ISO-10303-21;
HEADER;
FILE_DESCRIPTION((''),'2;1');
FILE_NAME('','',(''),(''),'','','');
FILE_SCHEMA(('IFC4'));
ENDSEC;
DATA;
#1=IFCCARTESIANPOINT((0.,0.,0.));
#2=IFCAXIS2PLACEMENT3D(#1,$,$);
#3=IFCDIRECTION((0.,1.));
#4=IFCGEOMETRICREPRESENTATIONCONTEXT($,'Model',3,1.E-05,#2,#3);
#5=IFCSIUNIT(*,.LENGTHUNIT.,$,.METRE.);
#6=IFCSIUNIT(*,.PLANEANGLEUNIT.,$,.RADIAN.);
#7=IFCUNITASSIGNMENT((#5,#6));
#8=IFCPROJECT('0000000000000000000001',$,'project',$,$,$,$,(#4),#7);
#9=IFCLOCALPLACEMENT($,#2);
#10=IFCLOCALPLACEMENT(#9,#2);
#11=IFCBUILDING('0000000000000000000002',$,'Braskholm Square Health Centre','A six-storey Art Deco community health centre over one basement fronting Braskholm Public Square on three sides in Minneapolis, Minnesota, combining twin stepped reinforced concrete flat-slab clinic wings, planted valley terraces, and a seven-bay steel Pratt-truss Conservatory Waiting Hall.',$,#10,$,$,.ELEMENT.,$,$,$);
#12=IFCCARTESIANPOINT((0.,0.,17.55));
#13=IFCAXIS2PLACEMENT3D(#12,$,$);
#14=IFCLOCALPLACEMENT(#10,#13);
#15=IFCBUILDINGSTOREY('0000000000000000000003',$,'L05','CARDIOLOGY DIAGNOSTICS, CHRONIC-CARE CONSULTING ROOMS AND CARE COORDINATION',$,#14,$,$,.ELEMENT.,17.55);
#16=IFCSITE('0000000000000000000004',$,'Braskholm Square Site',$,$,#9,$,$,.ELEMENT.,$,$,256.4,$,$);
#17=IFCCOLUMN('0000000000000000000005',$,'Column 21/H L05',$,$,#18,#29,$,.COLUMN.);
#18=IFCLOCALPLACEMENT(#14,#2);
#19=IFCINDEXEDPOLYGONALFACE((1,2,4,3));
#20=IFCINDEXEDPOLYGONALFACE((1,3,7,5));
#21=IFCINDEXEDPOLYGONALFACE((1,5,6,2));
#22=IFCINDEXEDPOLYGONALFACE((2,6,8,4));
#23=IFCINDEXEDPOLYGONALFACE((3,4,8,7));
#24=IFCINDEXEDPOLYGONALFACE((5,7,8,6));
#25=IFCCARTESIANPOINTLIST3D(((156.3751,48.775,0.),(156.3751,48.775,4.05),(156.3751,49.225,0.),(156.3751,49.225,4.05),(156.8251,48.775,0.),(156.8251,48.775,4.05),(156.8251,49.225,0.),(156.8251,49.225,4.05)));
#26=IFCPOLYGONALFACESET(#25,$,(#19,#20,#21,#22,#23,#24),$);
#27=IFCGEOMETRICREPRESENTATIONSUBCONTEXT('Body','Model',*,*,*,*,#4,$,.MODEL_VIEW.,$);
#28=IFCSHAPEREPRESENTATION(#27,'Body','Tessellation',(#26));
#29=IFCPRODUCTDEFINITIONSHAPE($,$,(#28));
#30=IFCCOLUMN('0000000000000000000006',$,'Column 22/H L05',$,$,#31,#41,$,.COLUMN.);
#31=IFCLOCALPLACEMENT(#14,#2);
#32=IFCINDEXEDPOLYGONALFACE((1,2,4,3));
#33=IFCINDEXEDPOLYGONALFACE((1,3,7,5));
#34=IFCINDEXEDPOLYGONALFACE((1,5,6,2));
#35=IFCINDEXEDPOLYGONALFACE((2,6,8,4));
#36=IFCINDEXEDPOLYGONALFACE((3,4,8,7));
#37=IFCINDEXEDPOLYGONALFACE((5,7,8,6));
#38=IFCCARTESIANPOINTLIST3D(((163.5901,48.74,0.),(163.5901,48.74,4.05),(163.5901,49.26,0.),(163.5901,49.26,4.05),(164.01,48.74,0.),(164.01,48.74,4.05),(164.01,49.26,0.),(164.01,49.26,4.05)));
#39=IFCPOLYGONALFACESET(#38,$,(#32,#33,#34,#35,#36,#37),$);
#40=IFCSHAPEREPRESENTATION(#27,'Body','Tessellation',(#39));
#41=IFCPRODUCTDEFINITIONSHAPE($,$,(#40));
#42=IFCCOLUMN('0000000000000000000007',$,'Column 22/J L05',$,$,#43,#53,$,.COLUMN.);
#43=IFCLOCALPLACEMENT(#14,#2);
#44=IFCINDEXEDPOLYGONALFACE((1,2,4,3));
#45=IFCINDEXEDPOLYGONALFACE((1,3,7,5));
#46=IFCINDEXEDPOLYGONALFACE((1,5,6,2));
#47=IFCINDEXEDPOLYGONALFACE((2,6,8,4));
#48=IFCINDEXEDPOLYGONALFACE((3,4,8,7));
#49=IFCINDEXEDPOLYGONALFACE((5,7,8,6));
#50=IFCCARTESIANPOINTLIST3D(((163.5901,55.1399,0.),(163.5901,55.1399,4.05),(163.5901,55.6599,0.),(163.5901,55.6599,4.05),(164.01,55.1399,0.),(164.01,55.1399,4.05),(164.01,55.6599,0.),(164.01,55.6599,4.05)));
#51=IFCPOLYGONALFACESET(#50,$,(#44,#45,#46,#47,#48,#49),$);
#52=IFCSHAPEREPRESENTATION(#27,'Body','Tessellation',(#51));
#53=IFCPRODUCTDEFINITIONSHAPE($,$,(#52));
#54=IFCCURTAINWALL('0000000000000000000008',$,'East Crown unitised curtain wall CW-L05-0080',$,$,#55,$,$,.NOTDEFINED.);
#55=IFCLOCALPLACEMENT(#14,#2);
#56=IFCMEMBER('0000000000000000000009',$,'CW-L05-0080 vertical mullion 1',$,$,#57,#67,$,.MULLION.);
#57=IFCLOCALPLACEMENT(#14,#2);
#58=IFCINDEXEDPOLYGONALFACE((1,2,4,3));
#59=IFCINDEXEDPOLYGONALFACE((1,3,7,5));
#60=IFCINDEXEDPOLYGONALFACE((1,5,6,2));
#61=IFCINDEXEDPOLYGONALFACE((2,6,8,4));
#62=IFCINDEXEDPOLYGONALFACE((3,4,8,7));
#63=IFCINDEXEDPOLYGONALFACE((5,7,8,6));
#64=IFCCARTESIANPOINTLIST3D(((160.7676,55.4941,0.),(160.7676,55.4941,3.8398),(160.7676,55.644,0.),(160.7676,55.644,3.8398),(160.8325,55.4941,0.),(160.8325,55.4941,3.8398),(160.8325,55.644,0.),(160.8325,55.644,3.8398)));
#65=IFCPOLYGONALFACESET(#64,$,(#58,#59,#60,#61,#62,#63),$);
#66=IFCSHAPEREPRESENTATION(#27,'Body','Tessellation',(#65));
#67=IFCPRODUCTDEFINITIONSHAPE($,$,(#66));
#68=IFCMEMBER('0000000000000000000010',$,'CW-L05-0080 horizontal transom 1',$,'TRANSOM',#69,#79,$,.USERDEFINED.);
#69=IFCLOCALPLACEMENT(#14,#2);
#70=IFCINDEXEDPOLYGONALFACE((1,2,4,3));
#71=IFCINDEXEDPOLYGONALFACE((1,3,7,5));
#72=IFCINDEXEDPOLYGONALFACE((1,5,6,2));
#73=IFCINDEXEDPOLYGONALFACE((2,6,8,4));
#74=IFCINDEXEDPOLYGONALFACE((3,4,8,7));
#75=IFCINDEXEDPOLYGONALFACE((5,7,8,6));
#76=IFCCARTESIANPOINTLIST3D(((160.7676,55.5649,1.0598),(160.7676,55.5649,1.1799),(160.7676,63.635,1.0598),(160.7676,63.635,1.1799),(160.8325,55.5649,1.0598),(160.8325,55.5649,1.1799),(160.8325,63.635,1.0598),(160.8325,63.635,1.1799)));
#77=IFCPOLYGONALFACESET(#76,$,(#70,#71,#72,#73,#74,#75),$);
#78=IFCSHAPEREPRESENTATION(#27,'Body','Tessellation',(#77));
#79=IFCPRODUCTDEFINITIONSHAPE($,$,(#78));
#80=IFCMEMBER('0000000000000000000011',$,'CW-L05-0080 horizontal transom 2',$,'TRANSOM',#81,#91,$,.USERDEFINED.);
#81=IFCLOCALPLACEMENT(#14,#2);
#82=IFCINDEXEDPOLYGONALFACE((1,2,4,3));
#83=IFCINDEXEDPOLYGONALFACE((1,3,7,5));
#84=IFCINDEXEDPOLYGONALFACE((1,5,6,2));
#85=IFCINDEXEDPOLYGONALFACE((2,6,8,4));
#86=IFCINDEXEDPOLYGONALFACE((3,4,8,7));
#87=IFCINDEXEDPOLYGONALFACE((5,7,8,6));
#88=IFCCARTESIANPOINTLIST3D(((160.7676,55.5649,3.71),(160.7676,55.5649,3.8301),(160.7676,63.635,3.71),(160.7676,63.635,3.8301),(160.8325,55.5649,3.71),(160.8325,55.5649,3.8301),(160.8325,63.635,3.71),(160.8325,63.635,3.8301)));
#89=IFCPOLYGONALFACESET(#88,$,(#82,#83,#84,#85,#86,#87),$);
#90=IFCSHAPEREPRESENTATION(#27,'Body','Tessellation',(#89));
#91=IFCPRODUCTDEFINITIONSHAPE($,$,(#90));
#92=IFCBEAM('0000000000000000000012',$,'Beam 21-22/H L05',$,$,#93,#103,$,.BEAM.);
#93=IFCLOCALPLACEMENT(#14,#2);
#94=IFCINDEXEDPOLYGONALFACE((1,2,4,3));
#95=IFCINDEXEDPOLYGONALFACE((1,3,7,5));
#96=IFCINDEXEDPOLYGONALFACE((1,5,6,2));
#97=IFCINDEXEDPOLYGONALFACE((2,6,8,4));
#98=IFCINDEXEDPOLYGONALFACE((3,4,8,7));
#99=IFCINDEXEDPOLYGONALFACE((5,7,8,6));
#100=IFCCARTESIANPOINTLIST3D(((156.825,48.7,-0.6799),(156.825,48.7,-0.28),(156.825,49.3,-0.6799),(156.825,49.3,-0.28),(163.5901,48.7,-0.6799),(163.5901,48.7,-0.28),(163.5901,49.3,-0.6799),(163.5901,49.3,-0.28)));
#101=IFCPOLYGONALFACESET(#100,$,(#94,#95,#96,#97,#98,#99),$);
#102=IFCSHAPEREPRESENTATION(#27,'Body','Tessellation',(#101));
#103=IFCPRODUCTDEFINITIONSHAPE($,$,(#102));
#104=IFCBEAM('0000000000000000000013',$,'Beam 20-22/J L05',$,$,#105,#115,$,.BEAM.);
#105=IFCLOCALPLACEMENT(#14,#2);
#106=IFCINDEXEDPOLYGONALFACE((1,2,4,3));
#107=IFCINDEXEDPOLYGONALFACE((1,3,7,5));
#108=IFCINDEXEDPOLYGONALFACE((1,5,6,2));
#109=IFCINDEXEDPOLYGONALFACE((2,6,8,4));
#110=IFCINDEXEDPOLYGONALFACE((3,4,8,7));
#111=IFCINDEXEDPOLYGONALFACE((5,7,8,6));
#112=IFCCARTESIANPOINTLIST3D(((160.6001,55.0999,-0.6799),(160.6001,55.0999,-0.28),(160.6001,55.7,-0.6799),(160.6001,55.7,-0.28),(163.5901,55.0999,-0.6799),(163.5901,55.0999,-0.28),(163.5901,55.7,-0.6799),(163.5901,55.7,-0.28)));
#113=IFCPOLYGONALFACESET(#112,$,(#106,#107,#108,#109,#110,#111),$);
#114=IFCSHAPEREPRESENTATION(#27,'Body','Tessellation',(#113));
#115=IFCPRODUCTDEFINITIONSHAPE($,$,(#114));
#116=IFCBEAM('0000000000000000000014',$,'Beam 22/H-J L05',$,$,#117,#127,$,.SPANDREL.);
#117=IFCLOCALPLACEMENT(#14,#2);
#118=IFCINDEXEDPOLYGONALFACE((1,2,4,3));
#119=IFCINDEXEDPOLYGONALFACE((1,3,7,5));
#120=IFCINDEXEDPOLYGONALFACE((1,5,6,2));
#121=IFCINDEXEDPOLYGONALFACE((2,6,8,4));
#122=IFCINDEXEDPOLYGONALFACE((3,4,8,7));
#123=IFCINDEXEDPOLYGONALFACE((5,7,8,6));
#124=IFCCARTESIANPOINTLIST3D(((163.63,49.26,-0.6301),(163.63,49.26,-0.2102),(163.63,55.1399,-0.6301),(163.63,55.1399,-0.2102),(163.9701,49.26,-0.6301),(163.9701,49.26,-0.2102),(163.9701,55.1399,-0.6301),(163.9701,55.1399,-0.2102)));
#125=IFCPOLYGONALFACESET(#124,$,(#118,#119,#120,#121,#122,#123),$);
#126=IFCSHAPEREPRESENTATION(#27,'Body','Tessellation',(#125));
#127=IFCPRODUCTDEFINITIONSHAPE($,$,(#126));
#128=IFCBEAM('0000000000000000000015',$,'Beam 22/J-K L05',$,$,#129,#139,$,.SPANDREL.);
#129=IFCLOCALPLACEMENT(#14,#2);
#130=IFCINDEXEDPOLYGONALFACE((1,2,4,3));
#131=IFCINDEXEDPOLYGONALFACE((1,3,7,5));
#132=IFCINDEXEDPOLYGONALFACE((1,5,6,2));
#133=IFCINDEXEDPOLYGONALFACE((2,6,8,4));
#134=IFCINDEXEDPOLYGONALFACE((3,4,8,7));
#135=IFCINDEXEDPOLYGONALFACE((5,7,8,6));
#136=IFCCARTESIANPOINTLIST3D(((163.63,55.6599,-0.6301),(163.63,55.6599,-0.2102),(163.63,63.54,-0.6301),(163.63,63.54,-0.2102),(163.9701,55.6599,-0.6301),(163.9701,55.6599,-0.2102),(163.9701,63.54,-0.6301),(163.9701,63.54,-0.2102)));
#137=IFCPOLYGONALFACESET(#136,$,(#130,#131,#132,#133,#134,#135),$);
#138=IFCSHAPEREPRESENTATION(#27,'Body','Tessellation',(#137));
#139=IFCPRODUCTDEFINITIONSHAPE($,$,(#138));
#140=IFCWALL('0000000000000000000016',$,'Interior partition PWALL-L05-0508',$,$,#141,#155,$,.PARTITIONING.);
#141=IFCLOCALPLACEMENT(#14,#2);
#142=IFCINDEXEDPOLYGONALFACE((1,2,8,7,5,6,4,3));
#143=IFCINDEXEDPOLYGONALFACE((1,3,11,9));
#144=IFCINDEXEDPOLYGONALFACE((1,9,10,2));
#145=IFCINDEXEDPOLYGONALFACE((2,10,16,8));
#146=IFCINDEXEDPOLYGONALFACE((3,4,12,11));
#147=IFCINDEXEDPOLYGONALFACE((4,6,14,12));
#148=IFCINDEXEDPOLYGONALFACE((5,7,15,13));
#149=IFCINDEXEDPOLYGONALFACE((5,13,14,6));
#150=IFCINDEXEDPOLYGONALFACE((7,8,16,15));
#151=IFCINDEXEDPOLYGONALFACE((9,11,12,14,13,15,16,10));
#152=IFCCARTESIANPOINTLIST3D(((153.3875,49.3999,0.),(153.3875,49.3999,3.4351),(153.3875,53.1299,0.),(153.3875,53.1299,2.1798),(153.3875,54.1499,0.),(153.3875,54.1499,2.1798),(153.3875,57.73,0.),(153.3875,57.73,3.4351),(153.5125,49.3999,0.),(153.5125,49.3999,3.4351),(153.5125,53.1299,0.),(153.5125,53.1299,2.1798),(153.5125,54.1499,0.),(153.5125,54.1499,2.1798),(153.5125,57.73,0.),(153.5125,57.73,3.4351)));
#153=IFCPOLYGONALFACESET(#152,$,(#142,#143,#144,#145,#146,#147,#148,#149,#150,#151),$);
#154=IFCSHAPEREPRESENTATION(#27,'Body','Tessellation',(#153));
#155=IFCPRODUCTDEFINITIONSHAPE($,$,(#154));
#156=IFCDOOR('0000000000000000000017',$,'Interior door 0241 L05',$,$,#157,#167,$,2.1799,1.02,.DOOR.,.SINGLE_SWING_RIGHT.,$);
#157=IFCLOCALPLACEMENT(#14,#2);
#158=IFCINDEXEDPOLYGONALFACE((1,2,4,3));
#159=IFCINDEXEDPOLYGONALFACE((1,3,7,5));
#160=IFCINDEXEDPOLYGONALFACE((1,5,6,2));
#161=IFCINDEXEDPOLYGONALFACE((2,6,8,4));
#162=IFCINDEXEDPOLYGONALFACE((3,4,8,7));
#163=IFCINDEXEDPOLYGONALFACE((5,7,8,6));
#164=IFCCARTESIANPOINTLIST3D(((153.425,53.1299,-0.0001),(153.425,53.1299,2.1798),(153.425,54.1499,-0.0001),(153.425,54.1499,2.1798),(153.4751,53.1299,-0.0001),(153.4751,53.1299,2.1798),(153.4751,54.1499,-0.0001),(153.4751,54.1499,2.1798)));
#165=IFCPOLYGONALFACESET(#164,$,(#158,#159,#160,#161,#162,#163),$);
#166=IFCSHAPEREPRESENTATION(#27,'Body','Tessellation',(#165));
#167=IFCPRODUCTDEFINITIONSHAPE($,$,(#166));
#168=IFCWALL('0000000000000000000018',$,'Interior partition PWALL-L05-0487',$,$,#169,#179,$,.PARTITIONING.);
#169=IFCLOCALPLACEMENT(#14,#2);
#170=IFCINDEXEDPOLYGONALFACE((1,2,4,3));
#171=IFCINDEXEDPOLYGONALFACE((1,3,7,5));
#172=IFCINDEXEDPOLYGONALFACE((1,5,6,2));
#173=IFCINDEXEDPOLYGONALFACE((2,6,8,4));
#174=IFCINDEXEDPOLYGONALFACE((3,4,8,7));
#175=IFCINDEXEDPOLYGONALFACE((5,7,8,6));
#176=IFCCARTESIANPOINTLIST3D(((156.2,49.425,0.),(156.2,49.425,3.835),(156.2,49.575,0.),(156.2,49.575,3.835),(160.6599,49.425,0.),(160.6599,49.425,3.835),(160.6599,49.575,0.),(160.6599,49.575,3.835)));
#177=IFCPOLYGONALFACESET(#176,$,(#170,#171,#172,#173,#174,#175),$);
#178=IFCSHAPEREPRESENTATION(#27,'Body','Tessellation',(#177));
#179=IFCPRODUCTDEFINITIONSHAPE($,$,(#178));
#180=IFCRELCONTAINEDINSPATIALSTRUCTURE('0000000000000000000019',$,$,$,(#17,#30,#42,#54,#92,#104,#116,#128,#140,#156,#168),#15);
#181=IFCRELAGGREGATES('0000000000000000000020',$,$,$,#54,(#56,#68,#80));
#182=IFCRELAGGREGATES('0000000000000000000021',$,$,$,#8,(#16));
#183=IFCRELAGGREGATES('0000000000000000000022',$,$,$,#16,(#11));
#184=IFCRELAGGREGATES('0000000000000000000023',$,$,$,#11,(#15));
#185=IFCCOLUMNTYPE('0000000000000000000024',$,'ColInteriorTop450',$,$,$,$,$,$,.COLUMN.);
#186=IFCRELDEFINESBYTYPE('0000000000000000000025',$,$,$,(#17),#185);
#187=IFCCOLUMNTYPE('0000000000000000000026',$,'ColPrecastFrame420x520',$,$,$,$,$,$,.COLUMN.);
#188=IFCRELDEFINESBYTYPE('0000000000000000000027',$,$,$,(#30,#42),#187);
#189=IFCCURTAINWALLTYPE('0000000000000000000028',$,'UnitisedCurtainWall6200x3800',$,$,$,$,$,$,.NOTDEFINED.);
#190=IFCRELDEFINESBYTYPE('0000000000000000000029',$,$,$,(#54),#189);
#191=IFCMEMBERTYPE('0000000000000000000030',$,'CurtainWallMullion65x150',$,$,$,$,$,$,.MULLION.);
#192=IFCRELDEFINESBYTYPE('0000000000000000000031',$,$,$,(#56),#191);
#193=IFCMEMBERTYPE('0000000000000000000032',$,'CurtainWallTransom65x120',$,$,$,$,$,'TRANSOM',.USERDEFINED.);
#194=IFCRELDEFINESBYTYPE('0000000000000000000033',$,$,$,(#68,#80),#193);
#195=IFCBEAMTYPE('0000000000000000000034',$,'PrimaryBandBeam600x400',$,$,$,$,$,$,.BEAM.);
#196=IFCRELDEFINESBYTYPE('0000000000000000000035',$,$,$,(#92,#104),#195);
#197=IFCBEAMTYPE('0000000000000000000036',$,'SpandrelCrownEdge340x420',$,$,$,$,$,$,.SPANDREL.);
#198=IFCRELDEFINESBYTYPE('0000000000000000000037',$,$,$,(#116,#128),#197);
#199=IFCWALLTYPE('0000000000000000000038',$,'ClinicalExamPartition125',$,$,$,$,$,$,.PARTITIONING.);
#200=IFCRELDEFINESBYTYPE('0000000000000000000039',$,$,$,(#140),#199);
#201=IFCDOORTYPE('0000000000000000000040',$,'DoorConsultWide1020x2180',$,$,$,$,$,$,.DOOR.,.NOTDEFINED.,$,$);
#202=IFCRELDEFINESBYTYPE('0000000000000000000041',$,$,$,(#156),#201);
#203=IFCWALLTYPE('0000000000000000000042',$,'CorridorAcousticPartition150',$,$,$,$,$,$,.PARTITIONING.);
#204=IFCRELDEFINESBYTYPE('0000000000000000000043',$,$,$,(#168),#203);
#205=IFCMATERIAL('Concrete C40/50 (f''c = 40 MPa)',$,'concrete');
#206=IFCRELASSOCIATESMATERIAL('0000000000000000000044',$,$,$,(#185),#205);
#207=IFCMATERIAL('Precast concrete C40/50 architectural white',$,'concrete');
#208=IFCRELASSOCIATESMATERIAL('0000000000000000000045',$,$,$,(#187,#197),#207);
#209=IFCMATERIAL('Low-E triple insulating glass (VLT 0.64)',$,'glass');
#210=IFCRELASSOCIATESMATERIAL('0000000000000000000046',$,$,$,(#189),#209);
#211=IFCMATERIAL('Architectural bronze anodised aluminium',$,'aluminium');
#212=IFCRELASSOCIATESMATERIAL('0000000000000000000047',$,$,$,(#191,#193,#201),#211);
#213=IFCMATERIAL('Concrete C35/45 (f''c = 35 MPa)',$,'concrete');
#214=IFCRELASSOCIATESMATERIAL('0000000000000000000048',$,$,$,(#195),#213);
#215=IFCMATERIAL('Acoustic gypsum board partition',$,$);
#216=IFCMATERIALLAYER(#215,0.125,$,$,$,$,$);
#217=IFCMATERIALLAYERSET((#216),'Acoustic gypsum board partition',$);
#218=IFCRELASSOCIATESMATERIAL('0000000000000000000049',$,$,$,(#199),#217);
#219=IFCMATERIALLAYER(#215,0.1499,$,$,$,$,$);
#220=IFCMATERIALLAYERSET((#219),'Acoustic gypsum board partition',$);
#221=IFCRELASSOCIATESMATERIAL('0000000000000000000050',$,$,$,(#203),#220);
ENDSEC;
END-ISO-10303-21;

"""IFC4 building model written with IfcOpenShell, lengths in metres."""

from ifc_helpers import new_model, si_unit, direction, frame, frame_2d, origin, origin_with_axes, origin_2d, place, context, subcontext, project, spatial, rectangle, extrude, material, layer, layer_set, material_profile, profile_set, type_object, element, fill, aggregate, save


model = new_model("IFC4")

# Units and contexts
model_context = context("Model", 3, precision=1e-05, world=origin(), true_north=direction((0.0, 1.0)))
body_context = subcontext(model_context, "Body", "Model", "MODEL_VIEW")
ifc_project = project(units=[si_unit("LENGTHUNIT", "METRE"), si_unit("PLANEANGLEUNIT", "RADIAN")], contexts=[model_context])

# Site, building, storey
site_placement = place(None, origin())
site = spatial("IfcSite", under=ifc_project, at=site_placement, Name="Braskholm Square Site", CompositionType="ELEMENT", RefElevation=256.4)
building_placement = place(site_placement, origin())
building = spatial("IfcBuilding", under=site, at=building_placement, Name="Braskholm Square Health Centre", Description="A six-storey Art Deco community health centre over one basement fronting Braskholm Public Square on three sides in Minneapolis, Minnesota, combining twin stepped reinforced concrete flat-slab clinic wings, planted valley terraces, and a seven-bay steel Pratt-truss Conservatory Waiting Hall.", CompositionType="ELEMENT")
storey_placement = place(building_placement, frame((0.0, 0.0, 17.55)))
storey = spatial("IfcBuildingStorey", under=building, at=storey_placement, Name="L05", Description="CARDIOLOGY DIAGNOSTICS, CHRONIC-CARE CONSULTING ROOMS AND CARE COORDINATION", CompositionType="ELEMENT", Elevation=17.55)

# Columns
ifc_material_1 = material(Name="Concrete C40/50 (f'c = 40 MPa)", Category="concrete")
ifc_material_profile_1 = material_profile(ifc_material_1, rectangle(XDim=0.45, YDim=0.45, at=origin_2d()), Name="RC-450X450")
ifc_profile_set_1 = profile_set([ifc_material_profile_1], Name="Concrete C40/50 (f'c = 40 MPa)")
column_type_1 = type_object("IfcColumnType", Name="ColInteriorTop450", PredefinedType="COLUMN", material=ifc_profile_set_1)
column_placement = place(storey_placement, frame((156.6001, 49.0, 0.0), z_axis=(0.0, 0.0, 1.0), x_axis=(1.0, 0.0, 0.0)))
element("IfcColumn", 1, at=column_placement, inside=storey, type_object=column_type_1, Name="Column 21/H L05", PredefinedType="COLUMN", context=body_context, shape_type="SweptSolid", body=[
    extrude(rectangle(XDim=0.45, YDim=0.45, at=origin_2d()), origin(), (0.0, 0.0, 1.0), 4.05),
])
ifc_material_2 = material(Name="Precast concrete C40/50 architectural white", Category="concrete")
ifc_material_profile_2 = material_profile(ifc_material_2, rectangle(XDim=0.4199, YDim=0.52, at=origin_2d()), Name="RC-420X520")
ifc_profile_set_2 = profile_set([ifc_material_profile_2], Name="Precast concrete C40/50 architectural white")
column_type_2 = type_object("IfcColumnType", Name="ColPrecastFrame420x520", PredefinedType="COLUMN", material=ifc_profile_set_2)
for number, where, z_axis, x_axis, name in (
    (2, (163.8, 49.0, 0.0), (0.0, 0.0, 1.0), (1.0, 0.0, 0.0), "Column 22/H L05"),
    (3, (163.8, 55.3999, 0.0), (0.0, 0.0, 1.0), (1.0, 0.0, 0.0), "Column 22/J L05"),
):
    element("IfcColumn", number, at=place(storey_placement, frame(where, z_axis=z_axis, x_axis=x_axis)), inside=storey, type_object=column_type_2, Name=name, PredefinedType="COLUMN", context=body_context, shape_type="SweptSolid", body=[
        extrude(rectangle(XDim=0.4199, YDim=0.52, at=origin_2d()), origin(), (0.0, 0.0, 1.0), 4.05),
    ])

# Curtain wall, members
ifc_material_3 = material(Name="Low-E triple insulating glass (VLT 0.64)", Category="glass")
curtain_wall_type = type_object("IfcCurtainWallType", Name="UnitisedCurtainWall6200x3800", PredefinedType="NOTDEFINED", material=ifc_material_3)
curtain_wall_placement = place(storey_placement, origin())
curtain_wall = element("IfcCurtainWall", 4, at=curtain_wall_placement, inside=storey, type_object=curtain_wall_type, Name="East Crown unitised curtain wall CW-L05-0080", PredefinedType="NOTDEFINED")
ifc_material_4 = material(Name="Architectural bronze anodised aluminium", Category="aluminium")
ifc_material_profile_3 = material_profile(ifc_material_4, rectangle(XDim=0.0649, YDim=0.1499, at=origin_2d()), Name="ALU-65X150")
ifc_profile_set_3 = profile_set([ifc_material_profile_3], Name="Architectural bronze anodised aluminium")
member_type_1 = type_object("IfcMemberType", Name="CurtainWallMullion65x150", PredefinedType="MULLION", material=ifc_profile_set_3)
member_1_placement = place(storey_placement, frame((160.8, 55.5691, 0.0), z_axis=(0.0, 0.0, 1.0), x_axis=(1.0, 0.0, 0.0)))
member_1 = element("IfcMember", 5, at=member_1_placement, type_object=member_type_1, Name="CW-L05-0080 vertical mullion 1", PredefinedType="MULLION", context=body_context, shape_type="SweptSolid", body=[
    extrude(rectangle(XDim=0.0649, YDim=0.1499, at=origin_2d()), origin(), (0.0, 0.0, 1.0), 3.8398),
])
ifc_material_profile_4 = material_profile(ifc_material_4, rectangle(XDim=0.0649, YDim=0.1201, at=origin_2d()), Name="ALU-65X120")
ifc_profile_set_4 = profile_set([ifc_material_profile_4], Name="Architectural bronze anodised aluminium")
member_type_2 = type_object("IfcMemberType", Name="CurtainWallTransom65x120", ElementType="TRANSOM", PredefinedType="USERDEFINED", material=ifc_profile_set_4)
member_2_placement = place(storey_placement, frame((160.8, 55.5649, 1.1199), z_axis=(0.0, 1.0, 0.0), x_axis=(-1.0, 0.0, 0.0)))
member_2 = element("IfcMember", 6, at=member_2_placement, type_object=member_type_2, Name="CW-L05-0080 horizontal transom 1", ObjectType="TRANSOM", PredefinedType="USERDEFINED", context=body_context, shape_type="SweptSolid", body=[
    extrude(rectangle(XDim=0.0649, YDim=0.1201, at=origin_2d()), origin(), (0.0, 0.0, 1.0), 8.0701),
])
member_3_placement = place(storey_placement, frame((160.8, 55.5649, 3.77), z_axis=(0.0, 1.0, 0.0), x_axis=(-1.0, 0.0, 0.0)))
member_3 = element("IfcMember", 7, at=member_3_placement, type_object=member_type_2, Name="CW-L05-0080 horizontal transom 2", ObjectType="TRANSOM", PredefinedType="USERDEFINED", context=body_context, shape_type="SweptSolid", body=[
    extrude(rectangle(XDim=0.0649, YDim=0.1201, at=origin_2d()), origin(), (0.0, 0.0, 1.0), 8.0701),
])
aggregate(curtain_wall, [member_1, member_2, member_3])

# Beams
ifc_material_5 = material(Name="Concrete C35/45 (f'c = 35 MPa)", Category="concrete")
ifc_material_profile_5 = material_profile(ifc_material_5, rectangle(XDim=0.6001, YDim=0.3999, at=origin_2d()), Name="RCB-600X400")
ifc_profile_set_5 = profile_set([ifc_material_profile_5], Name="Concrete C35/45 (f'c = 35 MPa)")
beam_type_1 = type_object("IfcBeamType", Name="PrimaryBandBeam600x400", PredefinedType="BEAM", material=ifc_profile_set_5)
beam_1_placement = place(storey_placement, frame((156.825, 49.0, -0.48), z_axis=(1.0, 0.0, 0.0), x_axis=(0.0, 1.0, 0.0)))
element("IfcBeam", 8, at=beam_1_placement, inside=storey, type_object=beam_type_1, Name="Beam 21-22/H L05", PredefinedType="BEAM", context=body_context, shape_type="SweptSolid", body=[
    extrude(rectangle(XDim=0.6001, YDim=0.3999, at=origin_2d()), origin(), (0.0, 0.0, 1.0), 6.7651),
])
beam_2_placement = place(storey_placement, frame((160.6001, 55.3999, -0.48), z_axis=(1.0, 0.0, 0.0), x_axis=(0.0, 1.0, 0.0)))
element("IfcBeam", 9, at=beam_2_placement, inside=storey, type_object=beam_type_1, Name="Beam 20-22/J L05", PredefinedType="BEAM", context=body_context, shape_type="SweptSolid", body=[
    extrude(rectangle(XDim=0.6001, YDim=0.3999, at=origin_2d()), origin(), (0.0, 0.0, 1.0), 2.99),
])
ifc_material_profile_6 = material_profile(ifc_material_2, rectangle(XDim=0.3401, YDim=0.4199, at=origin_2d()), Name="RCB-340X420")
ifc_profile_set_6 = profile_set([ifc_material_profile_6], Name="Precast concrete C40/50 architectural white")
beam_type_2 = type_object("IfcBeamType", Name="SpandrelCrownEdge340x420", PredefinedType="SPANDREL", material=ifc_profile_set_6)
beam_3_placement = place(storey_placement, frame((163.8, 49.26, -0.4202), z_axis=(0.0, 1.0, 0.0), x_axis=(-1.0, 0.0, 0.0)))
element("IfcBeam", 10, at=beam_3_placement, inside=storey, type_object=beam_type_2, Name="Beam 22/H-J L05", PredefinedType="SPANDREL", context=body_context, shape_type="SweptSolid", body=[
    extrude(rectangle(XDim=0.3401, YDim=0.4199, at=origin_2d()), origin(), (0.0, 0.0, 1.0), 5.8799),
])
beam_4_placement = place(storey_placement, frame((163.8, 55.6599, -0.4202), z_axis=(0.0, 1.0, 0.0), x_axis=(-1.0, 0.0, 0.0)))
element("IfcBeam", 11, at=beam_4_placement, inside=storey, type_object=beam_type_2, Name="Beam 22/J-K L05", PredefinedType="SPANDREL", context=body_context, shape_type="SweptSolid", body=[
    extrude(rectangle(XDim=0.3401, YDim=0.4199, at=origin_2d()), origin(), (0.0, 0.0, 1.0), 7.8801),
])

# Wall, opening, door
ifc_material_6 = material(Name="Acoustic gypsum board partition")
ifc_layer_1 = layer(ifc_material_6, 0.125)
ifc_layer_set_1 = layer_set([ifc_layer_1], Name="Acoustic gypsum board partition")
wall_type_1 = type_object("IfcWallType", Name="ClinicalExamPartition125", PredefinedType="PARTITIONING", material=ifc_layer_set_1)
wall_1_placement = place(storey_placement, frame((153.45, 49.3999, 0.0), z_axis=(0.0, 0.0, 1.0), x_axis=(0.0, 1.0, 0.0)))
wall_1 = element("IfcWall", 12, at=wall_1_placement, inside=storey, type_object=wall_type_1, Name="Interior partition PWALL-L05-0508", PredefinedType="PARTITIONING", context=body_context, shape_type="SweptSolid", body=[
    extrude(rectangle(XDim=8.3301, YDim=0.125, at=frame_2d((4.165, 0.0))), origin(), (0.0, 0.0, 1.0), 3.4351),
])
opening_placement = place(wall_1_placement, frame((3.73, 0.0, 0.0)))
opening = element("IfcOpeningElement", 13, at=opening_placement, cuts=wall_1, PredefinedType="OPENING", context=body_context, shape_type="SweptSolid", body=[
    extrude(rectangle(XDim=1.02, YDim=2.1799, at=frame_2d((0.51, 1.0898))), frame((0.0, 0.0725, 0.0), z_axis=(0.0, -1.0, 0.0), x_axis=(1.0, 0.0, 0.0)), (0.0, 0.0, 1.0), 0.145),
])
door_type = type_object("IfcDoorType", Name="DoorConsultWide1020x2180", OperationType="NOTDEFINED", PredefinedType="DOOR", material=ifc_material_4)
door_placement = place(opening_placement, origin_with_axes())
door = element("IfcDoor", 14, at=door_placement, inside=storey, type_object=door_type, Name="Interior door 0241 L05", OperationType="SINGLE_SWING_RIGHT", OverallHeight=2.1799, OverallWidth=1.02, PredefinedType="DOOR", context=body_context, shape_type="SweptSolid", body=[
    extrude(rectangle(XDim=1.02, YDim=2.1799, at=frame_2d((0.51, 1.0898))), frame((0.0, 0.0249, 0.0), z_axis=(0.0, -1.0, 0.0), x_axis=(1.0, 0.0, 0.0)), (0.0, 0.0, 1.0), 0.05),
])
fill(opening, door)

# Wall
ifc_layer_2 = layer(ifc_material_6, 0.1499)
ifc_layer_set_2 = layer_set([ifc_layer_2], Name="Acoustic gypsum board partition")
wall_type_2 = type_object("IfcWallType", Name="CorridorAcousticPartition150", PredefinedType="PARTITIONING", material=ifc_layer_set_2)
wall_2_placement = place(storey_placement, frame((156.2, 49.5, 0.0), z_axis=(0.0, 0.0, 1.0), x_axis=(1.0, 0.0, 0.0)))
element("IfcWall", 15, at=wall_2_placement, inside=storey, type_object=wall_type_2, Name="Interior partition PWALL-L05-0487", PredefinedType="PARTITIONING", context=body_context, shape_type="SweptSolid", body=[
    extrude(rectangle(XDim=4.46, YDim=0.1499, at=frame_2d((2.23, 0.0))), origin(), (0.0, 0.0, 1.0), 3.835),
])

save(model, "model.ifc")
